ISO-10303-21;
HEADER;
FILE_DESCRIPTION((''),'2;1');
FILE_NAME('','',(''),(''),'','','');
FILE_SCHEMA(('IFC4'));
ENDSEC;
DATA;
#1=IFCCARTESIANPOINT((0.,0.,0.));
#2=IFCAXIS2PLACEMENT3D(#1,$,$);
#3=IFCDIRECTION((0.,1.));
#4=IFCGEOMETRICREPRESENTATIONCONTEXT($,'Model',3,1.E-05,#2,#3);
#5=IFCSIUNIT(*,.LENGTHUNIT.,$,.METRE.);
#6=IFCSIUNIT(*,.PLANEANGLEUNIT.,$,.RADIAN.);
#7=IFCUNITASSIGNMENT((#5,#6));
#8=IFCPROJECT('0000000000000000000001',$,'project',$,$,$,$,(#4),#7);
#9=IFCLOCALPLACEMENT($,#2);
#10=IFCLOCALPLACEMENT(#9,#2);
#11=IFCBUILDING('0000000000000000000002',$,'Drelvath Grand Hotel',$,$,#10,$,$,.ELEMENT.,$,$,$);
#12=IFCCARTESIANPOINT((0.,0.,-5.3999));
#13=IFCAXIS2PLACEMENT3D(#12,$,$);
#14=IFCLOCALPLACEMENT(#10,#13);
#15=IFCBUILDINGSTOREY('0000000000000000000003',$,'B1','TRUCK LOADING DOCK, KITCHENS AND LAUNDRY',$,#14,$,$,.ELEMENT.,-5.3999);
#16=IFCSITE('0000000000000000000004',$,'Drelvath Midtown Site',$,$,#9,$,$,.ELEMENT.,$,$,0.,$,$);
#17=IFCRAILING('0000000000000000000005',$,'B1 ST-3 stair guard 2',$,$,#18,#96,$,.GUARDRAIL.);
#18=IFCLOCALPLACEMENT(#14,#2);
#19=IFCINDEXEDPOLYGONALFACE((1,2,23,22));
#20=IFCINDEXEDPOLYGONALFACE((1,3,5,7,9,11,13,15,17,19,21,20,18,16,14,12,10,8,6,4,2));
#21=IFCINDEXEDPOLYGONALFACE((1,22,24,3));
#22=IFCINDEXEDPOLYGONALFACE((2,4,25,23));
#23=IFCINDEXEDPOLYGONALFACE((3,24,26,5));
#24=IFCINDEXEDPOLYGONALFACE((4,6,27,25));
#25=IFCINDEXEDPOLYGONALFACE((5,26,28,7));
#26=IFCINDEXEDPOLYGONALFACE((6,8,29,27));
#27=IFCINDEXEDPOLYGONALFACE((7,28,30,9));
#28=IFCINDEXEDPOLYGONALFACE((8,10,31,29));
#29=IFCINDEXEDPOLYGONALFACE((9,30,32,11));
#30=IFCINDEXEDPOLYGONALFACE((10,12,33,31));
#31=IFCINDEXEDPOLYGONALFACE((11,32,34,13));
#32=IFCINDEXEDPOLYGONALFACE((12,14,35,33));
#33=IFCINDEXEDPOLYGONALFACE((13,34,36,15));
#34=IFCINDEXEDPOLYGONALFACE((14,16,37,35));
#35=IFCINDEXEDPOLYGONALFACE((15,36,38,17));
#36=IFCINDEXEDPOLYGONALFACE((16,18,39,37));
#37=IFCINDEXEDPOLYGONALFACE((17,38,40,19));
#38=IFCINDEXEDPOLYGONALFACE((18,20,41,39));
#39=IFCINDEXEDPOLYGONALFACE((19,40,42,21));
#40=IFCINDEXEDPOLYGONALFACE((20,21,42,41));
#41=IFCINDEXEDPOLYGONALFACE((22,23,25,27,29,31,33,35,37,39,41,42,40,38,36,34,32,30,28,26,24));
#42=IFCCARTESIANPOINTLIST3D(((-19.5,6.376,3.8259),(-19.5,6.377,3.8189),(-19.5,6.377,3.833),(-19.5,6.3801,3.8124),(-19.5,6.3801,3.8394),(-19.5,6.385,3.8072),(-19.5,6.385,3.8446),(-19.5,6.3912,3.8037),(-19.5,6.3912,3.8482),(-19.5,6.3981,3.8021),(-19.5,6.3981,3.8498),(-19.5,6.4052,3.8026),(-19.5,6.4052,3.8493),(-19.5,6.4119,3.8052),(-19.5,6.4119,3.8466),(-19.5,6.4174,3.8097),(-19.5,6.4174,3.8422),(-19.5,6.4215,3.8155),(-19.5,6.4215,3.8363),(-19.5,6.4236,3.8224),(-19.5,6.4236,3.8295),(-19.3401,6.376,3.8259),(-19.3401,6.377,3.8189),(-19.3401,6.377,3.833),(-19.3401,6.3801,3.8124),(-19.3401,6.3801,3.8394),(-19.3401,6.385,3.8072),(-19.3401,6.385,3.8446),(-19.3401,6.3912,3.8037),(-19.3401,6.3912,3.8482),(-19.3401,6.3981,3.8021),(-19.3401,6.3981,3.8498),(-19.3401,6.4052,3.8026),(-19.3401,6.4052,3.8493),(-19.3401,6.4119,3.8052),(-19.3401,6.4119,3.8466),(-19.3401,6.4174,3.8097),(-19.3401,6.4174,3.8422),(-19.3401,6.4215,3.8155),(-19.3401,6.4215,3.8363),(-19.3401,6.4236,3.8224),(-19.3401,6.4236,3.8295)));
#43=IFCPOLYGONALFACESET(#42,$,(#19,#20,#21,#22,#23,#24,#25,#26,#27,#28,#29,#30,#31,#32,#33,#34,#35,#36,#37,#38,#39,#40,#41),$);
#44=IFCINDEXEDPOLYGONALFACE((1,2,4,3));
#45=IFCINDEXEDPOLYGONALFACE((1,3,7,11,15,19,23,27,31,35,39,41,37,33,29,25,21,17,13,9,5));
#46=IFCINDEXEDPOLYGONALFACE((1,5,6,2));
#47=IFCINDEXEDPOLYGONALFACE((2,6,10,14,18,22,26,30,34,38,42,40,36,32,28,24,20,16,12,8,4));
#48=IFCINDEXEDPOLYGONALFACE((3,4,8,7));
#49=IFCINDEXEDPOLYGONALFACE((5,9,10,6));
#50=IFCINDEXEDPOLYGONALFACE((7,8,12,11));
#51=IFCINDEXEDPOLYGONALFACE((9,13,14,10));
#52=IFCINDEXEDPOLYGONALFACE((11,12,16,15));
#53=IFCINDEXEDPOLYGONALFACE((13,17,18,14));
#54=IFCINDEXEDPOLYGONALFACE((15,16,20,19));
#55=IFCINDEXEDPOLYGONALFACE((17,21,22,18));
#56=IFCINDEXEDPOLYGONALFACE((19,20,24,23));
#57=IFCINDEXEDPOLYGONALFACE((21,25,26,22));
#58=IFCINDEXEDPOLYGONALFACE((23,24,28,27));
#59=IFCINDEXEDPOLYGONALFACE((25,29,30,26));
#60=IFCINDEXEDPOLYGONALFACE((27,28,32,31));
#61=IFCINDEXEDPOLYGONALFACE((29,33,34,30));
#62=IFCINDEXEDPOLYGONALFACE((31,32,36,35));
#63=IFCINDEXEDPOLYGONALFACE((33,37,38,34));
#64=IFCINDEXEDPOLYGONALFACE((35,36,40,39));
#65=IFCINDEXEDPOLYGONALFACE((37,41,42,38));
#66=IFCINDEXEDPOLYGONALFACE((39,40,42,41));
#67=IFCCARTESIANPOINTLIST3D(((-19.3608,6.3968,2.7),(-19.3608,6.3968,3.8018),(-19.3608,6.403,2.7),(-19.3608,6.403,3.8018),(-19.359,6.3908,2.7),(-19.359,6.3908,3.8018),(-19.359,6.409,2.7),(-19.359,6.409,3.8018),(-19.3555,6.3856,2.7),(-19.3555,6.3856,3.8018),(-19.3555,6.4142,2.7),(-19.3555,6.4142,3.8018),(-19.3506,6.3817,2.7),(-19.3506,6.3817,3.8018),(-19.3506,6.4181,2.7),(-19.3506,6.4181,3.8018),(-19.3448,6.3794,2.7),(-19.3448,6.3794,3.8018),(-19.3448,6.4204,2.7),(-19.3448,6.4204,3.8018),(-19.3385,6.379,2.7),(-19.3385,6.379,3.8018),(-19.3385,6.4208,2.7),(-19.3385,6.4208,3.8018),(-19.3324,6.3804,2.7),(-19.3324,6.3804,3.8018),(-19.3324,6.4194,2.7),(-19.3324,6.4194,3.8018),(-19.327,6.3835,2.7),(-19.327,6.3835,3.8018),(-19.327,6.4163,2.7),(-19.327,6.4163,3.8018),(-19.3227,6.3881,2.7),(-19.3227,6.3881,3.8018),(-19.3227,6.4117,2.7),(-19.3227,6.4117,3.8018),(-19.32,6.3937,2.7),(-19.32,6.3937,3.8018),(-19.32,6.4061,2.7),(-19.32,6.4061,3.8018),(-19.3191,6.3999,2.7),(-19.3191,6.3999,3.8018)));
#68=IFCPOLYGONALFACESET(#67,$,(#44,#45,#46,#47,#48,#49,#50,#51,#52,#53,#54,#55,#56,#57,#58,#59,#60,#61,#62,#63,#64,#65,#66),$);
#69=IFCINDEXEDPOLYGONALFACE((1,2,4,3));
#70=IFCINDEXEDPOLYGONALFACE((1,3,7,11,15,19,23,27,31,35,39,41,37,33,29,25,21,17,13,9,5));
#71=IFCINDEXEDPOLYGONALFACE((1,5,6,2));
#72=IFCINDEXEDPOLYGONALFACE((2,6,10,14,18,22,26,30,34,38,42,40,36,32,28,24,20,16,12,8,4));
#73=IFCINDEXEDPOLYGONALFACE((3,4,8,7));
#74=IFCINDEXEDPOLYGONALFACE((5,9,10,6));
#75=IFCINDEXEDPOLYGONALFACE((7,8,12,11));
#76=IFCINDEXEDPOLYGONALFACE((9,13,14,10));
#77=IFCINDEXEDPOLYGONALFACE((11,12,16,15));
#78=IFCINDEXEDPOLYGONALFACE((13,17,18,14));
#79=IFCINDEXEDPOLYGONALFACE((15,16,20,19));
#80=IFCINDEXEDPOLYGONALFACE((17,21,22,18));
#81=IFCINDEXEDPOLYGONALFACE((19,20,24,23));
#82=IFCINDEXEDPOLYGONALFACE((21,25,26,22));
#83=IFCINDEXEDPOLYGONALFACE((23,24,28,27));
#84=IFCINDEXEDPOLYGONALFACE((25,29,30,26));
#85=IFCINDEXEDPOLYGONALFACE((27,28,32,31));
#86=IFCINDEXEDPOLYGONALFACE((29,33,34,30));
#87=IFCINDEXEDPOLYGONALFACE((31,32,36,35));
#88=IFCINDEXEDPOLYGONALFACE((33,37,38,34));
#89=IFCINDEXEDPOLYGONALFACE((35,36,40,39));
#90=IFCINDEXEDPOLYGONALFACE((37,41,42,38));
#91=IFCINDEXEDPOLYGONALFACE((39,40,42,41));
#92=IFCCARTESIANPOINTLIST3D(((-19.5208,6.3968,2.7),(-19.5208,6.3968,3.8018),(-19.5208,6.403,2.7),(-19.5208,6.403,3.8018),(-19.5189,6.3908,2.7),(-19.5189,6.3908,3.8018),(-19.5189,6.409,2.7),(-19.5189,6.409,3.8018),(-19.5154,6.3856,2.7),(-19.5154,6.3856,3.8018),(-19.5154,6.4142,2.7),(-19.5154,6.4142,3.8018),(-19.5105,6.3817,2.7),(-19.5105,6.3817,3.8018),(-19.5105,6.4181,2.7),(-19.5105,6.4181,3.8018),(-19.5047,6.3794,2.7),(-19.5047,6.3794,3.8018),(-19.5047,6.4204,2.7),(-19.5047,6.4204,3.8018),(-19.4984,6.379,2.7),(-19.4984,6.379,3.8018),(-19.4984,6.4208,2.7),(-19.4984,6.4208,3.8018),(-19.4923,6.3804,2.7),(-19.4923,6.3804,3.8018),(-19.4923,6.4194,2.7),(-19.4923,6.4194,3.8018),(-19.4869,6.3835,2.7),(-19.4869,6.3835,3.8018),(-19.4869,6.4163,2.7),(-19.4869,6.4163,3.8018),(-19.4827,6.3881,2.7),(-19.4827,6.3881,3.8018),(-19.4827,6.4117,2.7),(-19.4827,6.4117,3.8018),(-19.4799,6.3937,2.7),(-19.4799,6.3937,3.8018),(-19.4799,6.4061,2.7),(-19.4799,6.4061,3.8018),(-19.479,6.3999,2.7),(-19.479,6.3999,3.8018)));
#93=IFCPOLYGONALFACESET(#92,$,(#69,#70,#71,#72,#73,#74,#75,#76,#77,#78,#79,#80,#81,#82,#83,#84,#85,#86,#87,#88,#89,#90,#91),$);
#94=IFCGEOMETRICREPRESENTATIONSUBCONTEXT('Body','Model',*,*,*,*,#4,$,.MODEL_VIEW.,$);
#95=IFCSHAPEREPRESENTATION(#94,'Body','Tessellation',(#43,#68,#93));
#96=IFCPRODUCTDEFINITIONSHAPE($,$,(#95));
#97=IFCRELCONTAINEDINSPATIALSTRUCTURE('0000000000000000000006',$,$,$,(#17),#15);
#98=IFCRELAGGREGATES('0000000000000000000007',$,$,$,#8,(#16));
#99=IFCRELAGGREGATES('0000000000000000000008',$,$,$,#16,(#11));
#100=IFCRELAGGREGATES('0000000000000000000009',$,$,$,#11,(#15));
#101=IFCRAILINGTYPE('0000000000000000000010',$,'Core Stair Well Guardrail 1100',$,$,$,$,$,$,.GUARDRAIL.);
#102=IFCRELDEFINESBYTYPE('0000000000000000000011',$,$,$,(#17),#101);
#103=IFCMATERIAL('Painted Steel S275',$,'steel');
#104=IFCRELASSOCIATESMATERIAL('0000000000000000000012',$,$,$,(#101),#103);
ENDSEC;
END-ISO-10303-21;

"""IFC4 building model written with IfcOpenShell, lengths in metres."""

from ifc_helpers import new_model, si_unit, direction, frame, origin, origin_2d, place, context, subcontext, project, spatial, circle, extrude, material, type_object, element, save


model = new_model("IFC4")

# Units and contexts
model_context = context("Model", 3, precision=1e-05, world=origin(), true_north=direction((0.0, 1.0)))
body_context = subcontext(model_context, "Body", "Model", "MODEL_VIEW")
ifc_project = project(units=[si_unit("LENGTHUNIT", "METRE"), si_unit("PLANEANGLEUNIT", "RADIAN")], contexts=[model_context])

# Site, building, storey
site_placement = place(None, origin())
site = spatial("IfcSite", under=ifc_project, at=site_placement, Name="Drelvath Midtown Site", CompositionType="ELEMENT", RefElevation=0.0)
building_placement = place(site_placement, origin())
building = spatial("IfcBuilding", under=site, at=building_placement, Name="Drelvath Grand Hotel", CompositionType="ELEMENT")
storey_placement = place(building_placement, frame((0.0, 0.0, -5.3999)))
storey = spatial("IfcBuildingStorey", under=building, at=storey_placement, Name="B1", Description="TRUCK LOADING DOCK, KITCHENS AND LAUNDRY", CompositionType="ELEMENT", Elevation=-5.3999)

# Shared definitions
ifc_material_1 = material(Name="Painted Steel S275", Category="steel")

# Railing
railing_type_1 = type_object("IfcRailingType", Name="Core Stair Well Guardrail 1100", PredefinedType="GUARDRAIL", material=ifc_material_1)
railing_1_placement = place(storey_placement, frame((-19.3401, 6.3999, 2.7)))
element("IfcRailing", 1, at=railing_1_placement, inside=storey, type_object=railing_type_1, Name="B1 ST-3 stair guard 2", PredefinedType="GUARDRAIL", context=body_context, shape_type="SweptSolid", body=[
    extrude(circle(Radius=0.0239, at=origin_2d()), frame((0.0, 0.0, 1.126), z_axis=(-1.0, 0.0, 0.0), x_axis=(0.0, -1.0, 0.0)), (0.0, 0.0, 1.0), 0.1599),
    extrude(circle(Radius=0.021, at=origin_2d()), origin(), (0.0, 0.0, 1.0), 1.1018),
    extrude(circle(Radius=0.021, at=origin_2d()), frame((-0.1599, 0.0, 0.0)), (0.0, 0.0, 1.0), 1.1018),
])

save(model, "model.ifc")
